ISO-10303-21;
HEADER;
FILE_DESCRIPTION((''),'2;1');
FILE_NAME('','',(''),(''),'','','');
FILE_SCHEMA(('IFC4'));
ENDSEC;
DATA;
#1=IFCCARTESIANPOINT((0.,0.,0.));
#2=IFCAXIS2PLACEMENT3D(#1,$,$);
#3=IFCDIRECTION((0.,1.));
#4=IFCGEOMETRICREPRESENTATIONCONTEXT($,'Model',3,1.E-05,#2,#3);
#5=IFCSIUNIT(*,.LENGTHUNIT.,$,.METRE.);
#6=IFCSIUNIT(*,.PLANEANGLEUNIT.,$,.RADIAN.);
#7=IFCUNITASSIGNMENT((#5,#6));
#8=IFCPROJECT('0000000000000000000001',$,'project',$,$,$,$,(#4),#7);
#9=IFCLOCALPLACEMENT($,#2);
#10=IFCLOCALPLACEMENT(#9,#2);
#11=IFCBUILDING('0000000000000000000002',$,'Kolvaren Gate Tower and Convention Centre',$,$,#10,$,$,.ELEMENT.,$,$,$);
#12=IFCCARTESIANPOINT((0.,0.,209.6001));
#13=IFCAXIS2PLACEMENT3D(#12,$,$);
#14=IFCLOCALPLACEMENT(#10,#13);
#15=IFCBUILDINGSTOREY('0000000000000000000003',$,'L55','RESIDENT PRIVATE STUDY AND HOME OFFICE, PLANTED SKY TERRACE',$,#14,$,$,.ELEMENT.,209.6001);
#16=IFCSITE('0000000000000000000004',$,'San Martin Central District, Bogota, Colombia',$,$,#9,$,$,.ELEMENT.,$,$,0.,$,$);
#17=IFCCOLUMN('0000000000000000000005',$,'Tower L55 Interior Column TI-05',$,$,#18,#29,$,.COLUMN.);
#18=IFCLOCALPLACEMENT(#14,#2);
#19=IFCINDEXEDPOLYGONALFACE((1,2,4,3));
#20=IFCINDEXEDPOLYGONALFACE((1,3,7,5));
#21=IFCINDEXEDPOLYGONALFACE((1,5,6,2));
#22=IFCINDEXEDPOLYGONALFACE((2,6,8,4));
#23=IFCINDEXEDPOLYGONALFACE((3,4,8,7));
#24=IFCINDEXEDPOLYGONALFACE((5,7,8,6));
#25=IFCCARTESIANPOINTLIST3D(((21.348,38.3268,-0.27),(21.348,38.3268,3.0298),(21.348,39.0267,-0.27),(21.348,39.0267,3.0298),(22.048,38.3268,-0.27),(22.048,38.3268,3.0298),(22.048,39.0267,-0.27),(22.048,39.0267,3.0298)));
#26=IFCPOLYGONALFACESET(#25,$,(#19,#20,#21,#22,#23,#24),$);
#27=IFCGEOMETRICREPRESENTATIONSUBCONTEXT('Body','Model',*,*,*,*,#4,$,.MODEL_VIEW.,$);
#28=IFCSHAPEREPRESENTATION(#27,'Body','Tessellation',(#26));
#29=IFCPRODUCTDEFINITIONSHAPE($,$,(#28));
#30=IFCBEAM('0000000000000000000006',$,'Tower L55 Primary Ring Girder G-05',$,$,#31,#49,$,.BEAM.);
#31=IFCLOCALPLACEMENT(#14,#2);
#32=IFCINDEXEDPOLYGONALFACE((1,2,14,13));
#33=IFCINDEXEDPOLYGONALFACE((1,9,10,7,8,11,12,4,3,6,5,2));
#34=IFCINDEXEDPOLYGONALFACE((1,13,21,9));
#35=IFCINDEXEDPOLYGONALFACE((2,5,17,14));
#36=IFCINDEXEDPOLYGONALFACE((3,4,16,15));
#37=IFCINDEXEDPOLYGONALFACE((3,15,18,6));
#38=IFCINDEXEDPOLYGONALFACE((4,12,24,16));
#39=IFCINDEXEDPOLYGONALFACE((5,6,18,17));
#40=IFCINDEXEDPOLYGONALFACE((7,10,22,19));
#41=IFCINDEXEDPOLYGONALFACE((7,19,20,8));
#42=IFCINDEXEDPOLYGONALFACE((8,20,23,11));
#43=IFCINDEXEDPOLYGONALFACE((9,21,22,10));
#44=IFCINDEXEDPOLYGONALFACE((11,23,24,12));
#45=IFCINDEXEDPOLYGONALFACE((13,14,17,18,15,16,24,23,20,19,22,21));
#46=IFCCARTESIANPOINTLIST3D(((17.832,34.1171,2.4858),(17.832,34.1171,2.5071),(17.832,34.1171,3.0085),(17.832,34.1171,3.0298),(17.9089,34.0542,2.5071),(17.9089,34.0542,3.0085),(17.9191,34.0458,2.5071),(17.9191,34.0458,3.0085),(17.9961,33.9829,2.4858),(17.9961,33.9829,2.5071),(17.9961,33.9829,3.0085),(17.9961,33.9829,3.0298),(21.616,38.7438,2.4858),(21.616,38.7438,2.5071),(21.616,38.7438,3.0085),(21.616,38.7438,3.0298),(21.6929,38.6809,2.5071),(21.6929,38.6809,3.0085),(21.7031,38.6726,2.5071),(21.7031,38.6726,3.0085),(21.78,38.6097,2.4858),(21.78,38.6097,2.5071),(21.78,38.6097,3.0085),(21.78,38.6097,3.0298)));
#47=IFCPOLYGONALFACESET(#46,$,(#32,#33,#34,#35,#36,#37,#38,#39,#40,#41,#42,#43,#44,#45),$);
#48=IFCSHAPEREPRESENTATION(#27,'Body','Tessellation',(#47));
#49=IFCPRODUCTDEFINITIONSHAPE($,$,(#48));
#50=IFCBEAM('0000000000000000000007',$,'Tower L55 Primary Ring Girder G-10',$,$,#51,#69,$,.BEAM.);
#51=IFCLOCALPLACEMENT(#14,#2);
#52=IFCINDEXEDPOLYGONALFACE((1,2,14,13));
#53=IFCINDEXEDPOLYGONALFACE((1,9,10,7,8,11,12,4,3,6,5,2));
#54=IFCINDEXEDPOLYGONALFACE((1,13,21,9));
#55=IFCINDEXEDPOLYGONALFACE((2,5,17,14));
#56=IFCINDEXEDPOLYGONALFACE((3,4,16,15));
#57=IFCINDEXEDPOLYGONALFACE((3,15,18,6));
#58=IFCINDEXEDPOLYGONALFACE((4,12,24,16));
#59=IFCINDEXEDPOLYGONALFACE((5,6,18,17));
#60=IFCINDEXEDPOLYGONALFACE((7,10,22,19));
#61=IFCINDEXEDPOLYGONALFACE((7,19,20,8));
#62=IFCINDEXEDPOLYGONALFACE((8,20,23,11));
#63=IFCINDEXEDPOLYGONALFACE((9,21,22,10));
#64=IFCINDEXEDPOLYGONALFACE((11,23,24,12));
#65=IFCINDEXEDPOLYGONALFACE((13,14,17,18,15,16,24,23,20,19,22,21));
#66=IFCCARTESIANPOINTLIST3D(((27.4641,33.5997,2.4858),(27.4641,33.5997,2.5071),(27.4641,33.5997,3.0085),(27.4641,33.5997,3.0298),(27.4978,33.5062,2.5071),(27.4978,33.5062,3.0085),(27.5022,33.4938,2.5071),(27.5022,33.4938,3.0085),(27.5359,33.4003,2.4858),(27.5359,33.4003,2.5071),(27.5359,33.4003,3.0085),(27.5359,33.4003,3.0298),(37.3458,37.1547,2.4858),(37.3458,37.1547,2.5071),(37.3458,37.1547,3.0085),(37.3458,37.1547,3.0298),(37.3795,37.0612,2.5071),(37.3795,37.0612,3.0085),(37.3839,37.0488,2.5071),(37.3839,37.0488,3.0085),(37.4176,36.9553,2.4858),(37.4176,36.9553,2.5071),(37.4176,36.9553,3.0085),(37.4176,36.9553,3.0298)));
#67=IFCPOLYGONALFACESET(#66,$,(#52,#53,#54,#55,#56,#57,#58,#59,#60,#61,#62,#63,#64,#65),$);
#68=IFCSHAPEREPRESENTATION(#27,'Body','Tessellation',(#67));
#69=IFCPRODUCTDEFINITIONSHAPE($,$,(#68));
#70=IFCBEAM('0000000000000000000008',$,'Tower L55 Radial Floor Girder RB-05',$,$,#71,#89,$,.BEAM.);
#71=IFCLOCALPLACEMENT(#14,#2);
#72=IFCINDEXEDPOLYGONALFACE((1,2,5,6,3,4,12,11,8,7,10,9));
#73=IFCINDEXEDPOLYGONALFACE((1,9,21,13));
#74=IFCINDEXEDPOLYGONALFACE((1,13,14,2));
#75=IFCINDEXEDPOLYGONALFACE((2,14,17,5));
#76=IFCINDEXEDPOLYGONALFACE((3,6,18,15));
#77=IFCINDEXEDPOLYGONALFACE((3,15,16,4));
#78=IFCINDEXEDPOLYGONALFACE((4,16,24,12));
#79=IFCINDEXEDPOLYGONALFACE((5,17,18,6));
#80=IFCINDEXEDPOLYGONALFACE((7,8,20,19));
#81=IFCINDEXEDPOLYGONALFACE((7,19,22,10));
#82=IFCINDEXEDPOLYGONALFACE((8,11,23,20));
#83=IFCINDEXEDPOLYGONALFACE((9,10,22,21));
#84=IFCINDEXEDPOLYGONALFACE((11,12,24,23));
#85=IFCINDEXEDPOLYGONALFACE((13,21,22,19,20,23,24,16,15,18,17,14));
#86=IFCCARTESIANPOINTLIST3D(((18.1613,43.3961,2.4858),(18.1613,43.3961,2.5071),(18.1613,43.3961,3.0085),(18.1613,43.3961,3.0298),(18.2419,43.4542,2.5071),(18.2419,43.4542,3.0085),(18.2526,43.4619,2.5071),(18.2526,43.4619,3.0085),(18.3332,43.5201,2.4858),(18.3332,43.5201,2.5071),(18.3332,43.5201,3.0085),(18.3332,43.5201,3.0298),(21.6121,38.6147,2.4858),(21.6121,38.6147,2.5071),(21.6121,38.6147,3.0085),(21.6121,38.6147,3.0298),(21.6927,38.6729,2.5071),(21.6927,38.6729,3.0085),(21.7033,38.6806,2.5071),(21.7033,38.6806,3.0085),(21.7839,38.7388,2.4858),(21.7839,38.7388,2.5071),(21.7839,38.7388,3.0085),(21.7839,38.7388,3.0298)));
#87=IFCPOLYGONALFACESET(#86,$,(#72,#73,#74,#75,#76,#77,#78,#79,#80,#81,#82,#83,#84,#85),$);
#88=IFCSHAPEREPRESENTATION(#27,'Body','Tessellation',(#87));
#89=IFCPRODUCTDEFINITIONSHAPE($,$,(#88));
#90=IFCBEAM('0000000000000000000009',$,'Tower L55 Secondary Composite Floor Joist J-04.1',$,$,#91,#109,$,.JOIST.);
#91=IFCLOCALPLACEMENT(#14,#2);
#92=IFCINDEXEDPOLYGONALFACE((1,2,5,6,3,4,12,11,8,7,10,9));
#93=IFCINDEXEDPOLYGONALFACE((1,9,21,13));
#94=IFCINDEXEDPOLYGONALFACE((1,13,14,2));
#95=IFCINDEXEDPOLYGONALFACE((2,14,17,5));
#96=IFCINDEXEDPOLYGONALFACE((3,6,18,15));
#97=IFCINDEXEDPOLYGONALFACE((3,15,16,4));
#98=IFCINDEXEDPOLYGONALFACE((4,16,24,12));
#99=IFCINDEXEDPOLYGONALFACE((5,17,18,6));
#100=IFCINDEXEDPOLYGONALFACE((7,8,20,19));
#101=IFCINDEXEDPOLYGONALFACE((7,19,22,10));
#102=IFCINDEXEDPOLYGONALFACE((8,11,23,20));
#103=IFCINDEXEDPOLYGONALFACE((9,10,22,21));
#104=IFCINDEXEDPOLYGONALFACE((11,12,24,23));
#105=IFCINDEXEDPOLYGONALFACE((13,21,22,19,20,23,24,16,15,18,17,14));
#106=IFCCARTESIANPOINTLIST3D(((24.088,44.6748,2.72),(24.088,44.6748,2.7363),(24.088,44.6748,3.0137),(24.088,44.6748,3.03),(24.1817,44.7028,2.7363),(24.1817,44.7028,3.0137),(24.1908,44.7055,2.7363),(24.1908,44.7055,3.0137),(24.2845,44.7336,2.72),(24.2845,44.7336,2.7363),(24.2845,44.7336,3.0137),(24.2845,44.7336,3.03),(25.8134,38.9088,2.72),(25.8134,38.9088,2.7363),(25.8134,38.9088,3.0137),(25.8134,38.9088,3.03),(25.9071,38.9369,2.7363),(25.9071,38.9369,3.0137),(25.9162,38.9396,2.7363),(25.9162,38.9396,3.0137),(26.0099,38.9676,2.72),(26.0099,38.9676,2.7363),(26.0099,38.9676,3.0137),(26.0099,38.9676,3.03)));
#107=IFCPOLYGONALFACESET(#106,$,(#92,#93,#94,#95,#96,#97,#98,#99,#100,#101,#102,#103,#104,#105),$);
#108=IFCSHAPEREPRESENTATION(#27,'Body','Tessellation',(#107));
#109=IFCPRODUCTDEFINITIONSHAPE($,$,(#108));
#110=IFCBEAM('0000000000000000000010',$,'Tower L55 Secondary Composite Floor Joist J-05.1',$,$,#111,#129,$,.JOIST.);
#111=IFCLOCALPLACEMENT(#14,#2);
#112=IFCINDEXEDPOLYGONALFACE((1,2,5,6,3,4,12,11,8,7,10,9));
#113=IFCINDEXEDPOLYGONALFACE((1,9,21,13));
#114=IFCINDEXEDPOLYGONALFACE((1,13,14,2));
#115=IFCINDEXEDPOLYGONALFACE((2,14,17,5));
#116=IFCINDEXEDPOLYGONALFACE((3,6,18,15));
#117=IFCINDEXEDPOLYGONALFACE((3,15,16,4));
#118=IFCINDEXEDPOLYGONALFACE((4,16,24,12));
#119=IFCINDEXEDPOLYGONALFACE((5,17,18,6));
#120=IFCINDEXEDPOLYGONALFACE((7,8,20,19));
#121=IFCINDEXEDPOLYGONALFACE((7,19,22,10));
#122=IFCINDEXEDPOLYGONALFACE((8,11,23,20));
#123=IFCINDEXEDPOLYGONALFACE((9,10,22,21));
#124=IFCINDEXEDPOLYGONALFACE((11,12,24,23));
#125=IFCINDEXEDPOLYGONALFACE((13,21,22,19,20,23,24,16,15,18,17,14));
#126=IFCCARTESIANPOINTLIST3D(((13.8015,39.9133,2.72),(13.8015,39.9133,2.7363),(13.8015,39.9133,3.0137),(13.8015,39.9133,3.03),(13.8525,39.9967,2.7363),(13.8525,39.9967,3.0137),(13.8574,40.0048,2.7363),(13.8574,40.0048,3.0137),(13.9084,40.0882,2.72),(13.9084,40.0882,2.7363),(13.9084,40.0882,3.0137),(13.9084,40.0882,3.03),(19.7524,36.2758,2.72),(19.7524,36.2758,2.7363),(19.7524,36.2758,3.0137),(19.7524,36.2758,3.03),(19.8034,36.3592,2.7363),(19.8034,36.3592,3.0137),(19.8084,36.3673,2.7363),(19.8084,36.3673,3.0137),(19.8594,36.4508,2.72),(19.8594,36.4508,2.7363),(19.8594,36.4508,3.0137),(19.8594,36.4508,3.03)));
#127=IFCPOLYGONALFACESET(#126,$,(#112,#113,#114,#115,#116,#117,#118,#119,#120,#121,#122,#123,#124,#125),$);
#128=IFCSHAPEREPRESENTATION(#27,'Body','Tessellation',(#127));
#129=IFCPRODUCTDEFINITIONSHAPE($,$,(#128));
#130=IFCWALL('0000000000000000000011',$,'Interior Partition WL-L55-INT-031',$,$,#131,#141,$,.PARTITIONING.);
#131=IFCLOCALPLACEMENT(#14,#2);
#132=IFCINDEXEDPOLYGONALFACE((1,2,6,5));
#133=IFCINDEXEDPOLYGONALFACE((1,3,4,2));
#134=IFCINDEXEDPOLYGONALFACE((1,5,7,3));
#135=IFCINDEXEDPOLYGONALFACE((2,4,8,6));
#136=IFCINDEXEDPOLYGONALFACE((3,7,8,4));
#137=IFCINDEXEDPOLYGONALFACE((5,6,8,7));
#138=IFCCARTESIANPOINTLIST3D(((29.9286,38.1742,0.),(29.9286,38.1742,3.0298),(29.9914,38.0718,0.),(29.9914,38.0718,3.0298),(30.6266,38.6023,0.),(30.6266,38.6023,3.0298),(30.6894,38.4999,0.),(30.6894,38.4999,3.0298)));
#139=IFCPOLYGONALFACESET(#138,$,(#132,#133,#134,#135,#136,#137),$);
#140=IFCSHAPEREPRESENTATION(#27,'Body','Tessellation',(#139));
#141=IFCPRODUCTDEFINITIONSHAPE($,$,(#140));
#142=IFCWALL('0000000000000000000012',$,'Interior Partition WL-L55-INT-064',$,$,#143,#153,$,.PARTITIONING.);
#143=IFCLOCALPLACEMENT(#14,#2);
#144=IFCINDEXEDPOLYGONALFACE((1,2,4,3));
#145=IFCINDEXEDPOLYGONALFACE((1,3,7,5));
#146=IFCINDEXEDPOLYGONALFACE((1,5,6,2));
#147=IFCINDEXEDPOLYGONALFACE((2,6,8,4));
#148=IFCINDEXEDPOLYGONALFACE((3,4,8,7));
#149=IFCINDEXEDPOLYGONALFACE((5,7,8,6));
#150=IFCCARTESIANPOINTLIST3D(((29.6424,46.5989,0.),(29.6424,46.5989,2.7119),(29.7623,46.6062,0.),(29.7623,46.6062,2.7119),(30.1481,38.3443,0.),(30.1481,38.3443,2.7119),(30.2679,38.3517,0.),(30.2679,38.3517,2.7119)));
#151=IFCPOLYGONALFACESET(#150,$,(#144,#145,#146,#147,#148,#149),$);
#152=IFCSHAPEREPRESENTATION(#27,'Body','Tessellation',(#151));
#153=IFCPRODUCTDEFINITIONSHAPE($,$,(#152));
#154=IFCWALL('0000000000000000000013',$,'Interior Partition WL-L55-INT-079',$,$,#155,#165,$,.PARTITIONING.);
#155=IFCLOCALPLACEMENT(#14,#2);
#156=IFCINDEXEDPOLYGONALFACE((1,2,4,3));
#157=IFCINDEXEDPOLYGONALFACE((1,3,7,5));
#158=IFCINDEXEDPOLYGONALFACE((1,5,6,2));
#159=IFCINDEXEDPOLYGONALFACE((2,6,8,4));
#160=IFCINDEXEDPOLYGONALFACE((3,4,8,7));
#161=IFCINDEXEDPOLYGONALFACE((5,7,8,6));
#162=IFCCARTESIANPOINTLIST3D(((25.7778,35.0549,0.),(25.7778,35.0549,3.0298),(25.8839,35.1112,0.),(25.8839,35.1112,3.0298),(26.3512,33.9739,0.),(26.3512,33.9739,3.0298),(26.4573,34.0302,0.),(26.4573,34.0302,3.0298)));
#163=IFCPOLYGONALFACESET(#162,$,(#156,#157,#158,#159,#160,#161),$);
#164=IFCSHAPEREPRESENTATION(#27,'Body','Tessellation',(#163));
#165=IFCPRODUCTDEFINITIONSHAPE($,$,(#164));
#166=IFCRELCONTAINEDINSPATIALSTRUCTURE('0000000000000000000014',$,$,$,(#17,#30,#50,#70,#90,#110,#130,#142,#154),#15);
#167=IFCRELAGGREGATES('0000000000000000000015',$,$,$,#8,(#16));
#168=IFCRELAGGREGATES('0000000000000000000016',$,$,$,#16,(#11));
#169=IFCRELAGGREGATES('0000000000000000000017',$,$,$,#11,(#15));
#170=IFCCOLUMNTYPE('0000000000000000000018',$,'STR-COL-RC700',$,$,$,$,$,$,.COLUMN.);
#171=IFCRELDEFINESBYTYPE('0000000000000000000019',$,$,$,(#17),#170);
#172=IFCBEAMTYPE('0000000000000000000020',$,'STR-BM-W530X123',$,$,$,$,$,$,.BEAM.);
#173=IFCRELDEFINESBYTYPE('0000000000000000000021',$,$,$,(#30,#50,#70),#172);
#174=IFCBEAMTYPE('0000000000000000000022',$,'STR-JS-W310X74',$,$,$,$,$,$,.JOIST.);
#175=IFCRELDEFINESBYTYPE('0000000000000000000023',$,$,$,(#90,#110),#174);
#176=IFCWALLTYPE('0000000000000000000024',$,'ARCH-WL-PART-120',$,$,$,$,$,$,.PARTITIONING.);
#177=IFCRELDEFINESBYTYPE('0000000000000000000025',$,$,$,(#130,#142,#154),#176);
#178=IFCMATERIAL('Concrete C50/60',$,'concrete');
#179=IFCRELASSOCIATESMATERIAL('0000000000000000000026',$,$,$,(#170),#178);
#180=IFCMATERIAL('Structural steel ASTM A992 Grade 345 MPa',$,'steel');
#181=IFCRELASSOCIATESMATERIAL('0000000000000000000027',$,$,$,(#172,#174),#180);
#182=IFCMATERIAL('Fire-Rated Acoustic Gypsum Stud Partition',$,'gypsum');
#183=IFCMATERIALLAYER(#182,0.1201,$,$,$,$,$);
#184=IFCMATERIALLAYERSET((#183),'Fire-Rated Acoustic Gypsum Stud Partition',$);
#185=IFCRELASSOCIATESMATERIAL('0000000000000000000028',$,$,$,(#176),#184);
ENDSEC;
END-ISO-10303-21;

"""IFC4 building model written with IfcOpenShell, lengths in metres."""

from ifc_helpers import new_model, si_unit, direction, frame, frame_2d, origin, origin_2d, place, context, subcontext, project, spatial, rectangle, i_section, extrude, material, layer, layer_set, material_profile, profile_set, type_object, element, save


model = new_model("IFC4")

# Units and contexts
model_context = context("Model", 3, precision=1e-05, world=origin(), true_north=direction((0.0, 1.0)))
body_context = subcontext(model_context, "Body", "Model", "MODEL_VIEW")
ifc_project = project(units=[si_unit("LENGTHUNIT", "METRE"), si_unit("PLANEANGLEUNIT", "RADIAN")], contexts=[model_context])

# Site, building, storey
site_placement = place(None, origin())
site = spatial("IfcSite", under=ifc_project, at=site_placement, Name="San Martin Central District, Bogota, Colombia", CompositionType="ELEMENT", RefElevation=0.0)
building_placement = place(site_placement, origin())
building = spatial("IfcBuilding", under=site, at=building_placement, Name="Kolvaren Gate Tower and Convention Centre", CompositionType="ELEMENT")
storey_placement = place(building_placement, frame((0.0, 0.0, 209.6001)))
storey = spatial("IfcBuildingStorey", under=building, at=storey_placement, Name="L55", Description="RESIDENT PRIVATE STUDY AND HOME OFFICE, PLANTED SKY TERRACE", CompositionType="ELEMENT", Elevation=209.6001)

# Column
ifc_material_1 = material(Name="Concrete C50/60", Category="concrete")
ifc_material_profile_1 = material_profile(ifc_material_1, rectangle(XDim=0.7, YDim=0.7, at=origin_2d()), Name="RC-COL-700X700")
ifc_profile_set_1 = profile_set([ifc_material_profile_1], Name="Concrete C50/60")
column_type = type_object("IfcColumnType", Name="STR-COL-RC700", PredefinedType="COLUMN", material=ifc_profile_set_1)
column_placement = place(storey_placement, frame((21.698, 38.6768, -0.27), z_axis=(0.0, 0.0, 1.0), x_axis=(1.0, 0.0, 0.0)))
element("IfcColumn", 1, at=column_placement, inside=storey, type_object=column_type, Name="Tower L55 Interior Column TI-05", PredefinedType="COLUMN", context=body_context, shape_type="SweptSolid", body=[
    extrude(rectangle(XDim=0.7, YDim=0.7, at=origin_2d()), origin(), (0.0, 0.0, 1.0), 3.2998),
])

# Beams
ifc_material_2 = material(Name="Structural steel ASTM A992 Grade 345 MPa", Category="steel")
ifc_material_profile_2 = material_profile(ifc_material_2, i_section(OverallWidth=0.2119, OverallDepth=0.5439, WebThickness=0.0132, FlangeThickness=0.0212, at=origin_2d()), Name="W530X123")
ifc_profile_set_2 = profile_set([ifc_material_profile_2], Name="Structural steel ASTM A992 Grade 345 MPa")
beam_type_1 = type_object("IfcBeamType", Name="STR-BM-W530X123", PredefinedType="BEAM", material=ifc_profile_set_2)
beam_1_placement = place(storey_placement, frame((21.698, 38.6768, 2.7578), z_axis=(-0.633082, -0.774085, 0.0), x_axis=(0.774085, -0.633082, 0.0)))
element("IfcBeam", 2, at=beam_1_placement, inside=storey, type_object=beam_type_1, Name="Tower L55 Primary Ring Girder G-05", PredefinedType="BEAM", context=body_context, shape_type="SweptSolid", body=[
    extrude(i_section(OverallWidth=0.2119, OverallDepth=0.5439, WebThickness=0.0132, FlangeThickness=0.0212, at=origin_2d()), origin(), (0.0, 0.0, 1.0), 5.9771),
])
beam_2_placement = place(storey_placement, frame((27.5, 33.5, 2.7578), z_axis=(0.940961, 0.338514, 0.0), x_axis=(-0.338514, 0.940961, 0.0)))
element("IfcBeam", 3, at=beam_2_placement, inside=storey, type_object=beam_type_1, Name="Tower L55 Primary Ring Girder G-10", PredefinedType="BEAM", context=body_context, shape_type="SweptSolid", body=[
    extrude(i_section(OverallWidth=0.2119, OverallDepth=0.5439, WebThickness=0.0132, FlangeThickness=0.0212, at=origin_2d()), origin(), (0.0, 0.0, 1.0), 10.5017),
])
beam_3_placement = place(storey_placement, frame((21.698, 38.6768, 2.7578), z_axis=(-0.585218, 0.810876, 0.0), x_axis=(-0.810876, -0.585218, 0.0)))
element("IfcBeam", 4, at=beam_3_placement, inside=storey, type_object=beam_type_1, Name="Tower L55 Radial Floor Girder RB-05", PredefinedType="BEAM", context=body_context, shape_type="SweptSolid", body=[
    extrude(i_section(OverallWidth=0.2119, OverallDepth=0.5439, WebThickness=0.0132, FlangeThickness=0.0212, at=origin_2d()), origin(), (0.0, 0.0, 1.0), 5.8965),
])
ifc_material_profile_3 = material_profile(ifc_material_2, i_section(OverallWidth=0.2051, OverallDepth=0.3101, WebThickness=0.0095, FlangeThickness=0.0164, at=origin_2d()), Name="W310X74")
ifc_profile_set_3 = profile_set([ifc_material_profile_3], Name="Structural steel ASTM A992 Grade 345 MPa")
beam_type_2 = type_object("IfcBeamType", Name="STR-JS-W310X74", PredefinedType="JOIST", material=ifc_profile_set_3)
beam_4_placement = place(storey_placement, frame((25.9116, 38.9382, 2.875), z_axis=(-0.286674, 0.958028, 0.0), x_axis=(-0.958028, -0.286674, 0.0)))
element("IfcBeam", 5, at=beam_4_placement, inside=storey, type_object=beam_type_2, Name="Tower L55 Secondary Composite Floor Joist J-04.1", PredefinedType="JOIST", context=body_context, shape_type="SweptSolid", body=[
    extrude(i_section(OverallWidth=0.2051, OverallDepth=0.3101, WebThickness=0.0095, FlangeThickness=0.0164, at=origin_2d()), origin(), (0.0, 0.0, 1.0), 6.0186),
])
beam_5_placement = place(storey_placement, frame((19.8059, 36.3633, 2.875), z_axis=(-0.853233, 0.521531, 0.0), x_axis=(-0.521531, -0.853233, 0.0)))
element("IfcBeam", 6, at=beam_5_placement, inside=storey, type_object=beam_type_2, Name="Tower L55 Secondary Composite Floor Joist J-05.1", PredefinedType="JOIST", context=body_context, shape_type="SweptSolid", body=[
    extrude(i_section(OverallWidth=0.2051, OverallDepth=0.3101, WebThickness=0.0095, FlangeThickness=0.0164, at=origin_2d()), origin(), (0.0, 0.0, 1.0), 6.9746),
])

# Walls
ifc_material_3 = material(Name="Fire-Rated Acoustic Gypsum Stud Partition", Category="gypsum")
ifc_layer_1 = layer(ifc_material_3, 0.1201)
ifc_layer_set_1 = layer_set([ifc_layer_1], Name="Fire-Rated Acoustic Gypsum Stud Partition")
wall_type_1 = type_object("IfcWallType", Name="ARCH-WL-PART-120", PredefinedType="PARTITIONING", material=ifc_layer_set_1)
wall_1_placement = place(storey_placement, frame((29.96, 38.123, 0.0), z_axis=(0.0, 0.0, 1.0), x_axis=(0.852507, 0.522716, 0.0)))
element("IfcWall", 7, at=wall_1_placement, inside=storey, type_object=wall_type_1, Name="Interior Partition WL-L55-INT-031", PredefinedType="PARTITIONING", context=body_context, shape_type="SweptSolid", body=[
    extrude(rectangle(XDim=0.8188, YDim=0.1201, at=frame_2d((0.4094, 0.0))), origin(), (0.0, 0.0, 1.0), 3.0298),
])
wall_2_placement = place(storey_placement, frame((29.7024, 46.6025, 0.0), z_axis=(0.0, 0.0, 1.0), x_axis=(0.061138, -0.998129, 0.0)))
element("IfcWall", 8, at=wall_2_placement, inside=storey, type_object=wall_type_1, Name="Interior Partition WL-L55-INT-064", PredefinedType="PARTITIONING", context=body_context, shape_type="SweptSolid", body=[
    extrude(rectangle(XDim=8.27, YDim=0.1201, at=frame_2d((4.135, 0.0))), origin(), (0.0, 0.0, 1.0), 2.7119),
])
wall_3_placement = place(storey_placement, frame((25.8308, 35.083, 0.0), z_axis=(0.0, 0.0, 1.0), x_axis=(0.46863, -0.883395, 0.0)))
element("IfcWall", 9, at=wall_3_placement, inside=storey, type_object=wall_type_1, Name="Interior Partition WL-L55-INT-079", PredefinedType="PARTITIONING", context=body_context, shape_type="SweptSolid", body=[
    extrude(rectangle(XDim=1.2236, YDim=0.1201, at=frame_2d((0.6118, 0.0))), origin(), (0.0, 0.0, 1.0), 3.0298),
])

save(model, "model.ifc")
